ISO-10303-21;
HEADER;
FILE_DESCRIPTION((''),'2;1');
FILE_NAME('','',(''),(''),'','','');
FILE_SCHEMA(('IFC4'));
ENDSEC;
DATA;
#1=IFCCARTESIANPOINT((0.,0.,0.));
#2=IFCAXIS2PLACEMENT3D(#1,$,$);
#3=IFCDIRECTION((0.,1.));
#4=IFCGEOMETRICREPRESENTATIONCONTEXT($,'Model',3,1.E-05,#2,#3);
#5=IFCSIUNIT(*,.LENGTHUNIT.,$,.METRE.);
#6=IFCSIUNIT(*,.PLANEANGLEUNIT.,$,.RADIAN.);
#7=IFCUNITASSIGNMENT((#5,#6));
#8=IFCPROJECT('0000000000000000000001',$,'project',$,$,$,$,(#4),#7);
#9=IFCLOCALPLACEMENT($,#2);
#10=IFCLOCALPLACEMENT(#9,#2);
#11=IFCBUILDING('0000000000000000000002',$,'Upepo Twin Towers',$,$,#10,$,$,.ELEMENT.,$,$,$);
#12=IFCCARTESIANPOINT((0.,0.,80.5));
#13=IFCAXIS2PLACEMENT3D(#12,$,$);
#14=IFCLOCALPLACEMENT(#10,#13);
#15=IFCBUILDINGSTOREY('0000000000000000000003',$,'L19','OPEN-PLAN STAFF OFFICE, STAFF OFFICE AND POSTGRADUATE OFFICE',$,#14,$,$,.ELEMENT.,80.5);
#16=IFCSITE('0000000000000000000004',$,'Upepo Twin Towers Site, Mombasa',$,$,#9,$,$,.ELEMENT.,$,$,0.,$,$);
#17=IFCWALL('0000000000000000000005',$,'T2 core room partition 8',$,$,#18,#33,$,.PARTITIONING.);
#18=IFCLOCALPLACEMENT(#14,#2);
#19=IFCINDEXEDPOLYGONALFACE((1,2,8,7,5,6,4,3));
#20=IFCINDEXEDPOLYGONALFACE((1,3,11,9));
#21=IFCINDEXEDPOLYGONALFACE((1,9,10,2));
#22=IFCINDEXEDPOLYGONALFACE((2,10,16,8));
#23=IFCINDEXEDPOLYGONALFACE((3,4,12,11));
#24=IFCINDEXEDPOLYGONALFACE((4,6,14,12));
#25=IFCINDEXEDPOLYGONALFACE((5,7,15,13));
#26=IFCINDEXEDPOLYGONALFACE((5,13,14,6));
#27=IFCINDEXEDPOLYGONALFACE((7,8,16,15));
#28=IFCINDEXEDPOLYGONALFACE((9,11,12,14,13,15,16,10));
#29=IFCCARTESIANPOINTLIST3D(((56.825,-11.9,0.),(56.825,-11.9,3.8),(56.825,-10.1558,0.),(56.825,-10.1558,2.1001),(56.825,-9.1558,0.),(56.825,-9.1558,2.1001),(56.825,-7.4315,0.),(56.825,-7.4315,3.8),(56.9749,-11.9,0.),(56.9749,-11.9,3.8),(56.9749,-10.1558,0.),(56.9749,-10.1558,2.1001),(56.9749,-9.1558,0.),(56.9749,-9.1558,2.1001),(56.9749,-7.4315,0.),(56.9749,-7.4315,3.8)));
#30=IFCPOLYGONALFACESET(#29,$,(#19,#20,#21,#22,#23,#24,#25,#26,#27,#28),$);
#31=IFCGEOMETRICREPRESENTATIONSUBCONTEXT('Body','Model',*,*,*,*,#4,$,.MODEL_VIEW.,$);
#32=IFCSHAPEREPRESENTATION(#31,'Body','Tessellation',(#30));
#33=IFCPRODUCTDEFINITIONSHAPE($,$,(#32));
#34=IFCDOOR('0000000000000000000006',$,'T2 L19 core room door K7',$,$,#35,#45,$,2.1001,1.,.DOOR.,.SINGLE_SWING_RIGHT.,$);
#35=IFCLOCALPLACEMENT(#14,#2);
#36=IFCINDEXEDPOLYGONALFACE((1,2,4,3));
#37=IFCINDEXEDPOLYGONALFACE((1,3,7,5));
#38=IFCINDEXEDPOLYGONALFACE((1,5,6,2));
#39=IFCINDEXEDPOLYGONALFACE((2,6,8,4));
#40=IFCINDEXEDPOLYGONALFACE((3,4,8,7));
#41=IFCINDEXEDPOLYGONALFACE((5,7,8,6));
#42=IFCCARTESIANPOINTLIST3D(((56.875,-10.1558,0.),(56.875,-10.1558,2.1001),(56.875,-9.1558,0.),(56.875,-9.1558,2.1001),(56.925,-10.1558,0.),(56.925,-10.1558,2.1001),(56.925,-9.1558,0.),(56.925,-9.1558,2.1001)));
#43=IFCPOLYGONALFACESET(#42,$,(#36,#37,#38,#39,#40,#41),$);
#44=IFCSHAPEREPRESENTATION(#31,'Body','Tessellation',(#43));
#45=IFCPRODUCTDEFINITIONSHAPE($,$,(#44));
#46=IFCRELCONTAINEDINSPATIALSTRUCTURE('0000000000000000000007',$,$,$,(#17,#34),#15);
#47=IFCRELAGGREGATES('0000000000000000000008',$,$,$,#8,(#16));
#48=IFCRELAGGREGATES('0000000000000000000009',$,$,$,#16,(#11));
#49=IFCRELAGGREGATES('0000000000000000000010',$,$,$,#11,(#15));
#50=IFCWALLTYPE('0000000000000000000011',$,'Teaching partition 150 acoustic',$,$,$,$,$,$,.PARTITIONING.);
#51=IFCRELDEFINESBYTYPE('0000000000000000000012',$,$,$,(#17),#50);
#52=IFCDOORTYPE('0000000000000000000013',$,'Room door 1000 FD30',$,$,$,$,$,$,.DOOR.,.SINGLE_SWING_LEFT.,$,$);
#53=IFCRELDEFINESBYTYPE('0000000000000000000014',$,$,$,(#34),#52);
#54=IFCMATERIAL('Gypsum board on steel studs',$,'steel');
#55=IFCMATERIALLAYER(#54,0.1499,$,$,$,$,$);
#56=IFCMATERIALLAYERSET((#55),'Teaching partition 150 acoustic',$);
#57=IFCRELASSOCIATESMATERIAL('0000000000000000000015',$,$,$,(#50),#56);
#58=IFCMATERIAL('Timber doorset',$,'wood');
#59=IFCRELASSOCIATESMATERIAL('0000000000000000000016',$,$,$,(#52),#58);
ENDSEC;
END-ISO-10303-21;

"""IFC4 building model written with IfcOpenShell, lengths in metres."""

from ifc_helpers import new_model, si_unit, direction, frame, frame_2d, origin, place, context, subcontext, project, spatial, rectangle, extrude, material, layer, layer_set, type_object, element, fill, save


model = new_model("IFC4")

# Units and contexts
model_context = context("Model", 3, precision=1e-05, world=origin(), true_north=direction((0.0, 1.0)))
body_context = subcontext(model_context, "Body", "Model", "MODEL_VIEW")
ifc_project = project(units=[si_unit("LENGTHUNIT", "METRE"), si_unit("PLANEANGLEUNIT", "RADIAN")], contexts=[model_context])

# Site, building, storey
site_placement = place(None, origin())
site = spatial("IfcSite", under=ifc_project, at=site_placement, Name="Upepo Twin Towers Site, Mombasa", CompositionType="ELEMENT", RefElevation=0.0)
building_placement = place(site_placement, origin())
building = spatial("IfcBuilding", under=site, at=building_placement, Name="Upepo Twin Towers", CompositionType="ELEMENT")
storey_placement = place(building_placement, frame((0.0, 0.0, 80.5)))
storey = spatial("IfcBuildingStorey", under=building, at=storey_placement, Name="L19", Description="OPEN-PLAN STAFF OFFICE, STAFF OFFICE AND POSTGRADUATE OFFICE", CompositionType="ELEMENT", Elevation=80.5)

# Shared definitions
ifc_material_1 = material(Name="Gypsum board on steel studs", Category="steel")
ifc_layer_1 = layer(ifc_material_1, 0.1499)
ifc_layer_set_1 = layer_set([ifc_layer_1], Name="Teaching partition 150 acoustic")
wall_type_1 = type_object("IfcWallType", Name="Teaching partition 150 acoustic", PredefinedType="PARTITIONING", material=ifc_layer_set_1)

# Wall, opening, door
wall_1_placement = place(storey_placement, frame((56.8999, -11.9001, 0.0), z_axis=(0.0, 0.0, 1.0), x_axis=(0.0, 1.0, 0.0)))
wall_1 = element("IfcWall", 1, at=wall_1_placement, inside=storey, type_object=wall_type_1, Name="T2 core room partition 8", PredefinedType="PARTITIONING", context=body_context, shape_type="SweptSolid", body=[
    extrude(rectangle(XDim=4.4685, YDim=0.1499, at=frame_2d((2.2344, 0.0))), origin(), (0.0, 0.0, 1.0), 3.8),
])
opening_1_placement = place(wall_1_placement, frame((1.7444, 0.0, 0.0)))
opening_1 = element("IfcOpeningElement", 2, at=opening_1_placement, cuts=wall_1, PredefinedType="OPENING", context=body_context, shape_type="SweptSolid", body=[
    extrude(rectangle(XDim=1.0, YDim=2.1001, at=frame_2d((0.5, 1.05))), frame((0.0, 0.085, 0.0), z_axis=(0.0, -1.0, 0.0), x_axis=(1.0, 0.0, 0.0)), (0.0, 0.0, 1.0), 0.1699),
])
ifc_material_2 = material(Name="Timber doorset", Category="wood")
door_type_1 = type_object("IfcDoorType", Name="Room door 1000 FD30", OperationType="SINGLE_SWING_LEFT", PredefinedType="DOOR", material=ifc_material_2)
door_1_placement = place(opening_1_placement, origin())
door_1 = element("IfcDoor", 3, at=door_1_placement, inside=storey, type_object=door_type_1, Name="T2 L19 core room door K7", OperationType="SINGLE_SWING_RIGHT", OverallHeight=2.1001, OverallWidth=1.0, PredefinedType="DOOR", context=body_context, shape_type="SweptSolid", body=[
    extrude(rectangle(XDim=1.0, YDim=2.1001, at=frame_2d((0.5, 1.05))), frame((0.0, 0.0249, 0.0), z_axis=(0.0, -1.0, 0.0), x_axis=(1.0, 0.0, 0.0)), (0.0, 0.0, 1.0), 0.05),
])
fill(opening_1, door_1)

save(model, "model.ifc")
